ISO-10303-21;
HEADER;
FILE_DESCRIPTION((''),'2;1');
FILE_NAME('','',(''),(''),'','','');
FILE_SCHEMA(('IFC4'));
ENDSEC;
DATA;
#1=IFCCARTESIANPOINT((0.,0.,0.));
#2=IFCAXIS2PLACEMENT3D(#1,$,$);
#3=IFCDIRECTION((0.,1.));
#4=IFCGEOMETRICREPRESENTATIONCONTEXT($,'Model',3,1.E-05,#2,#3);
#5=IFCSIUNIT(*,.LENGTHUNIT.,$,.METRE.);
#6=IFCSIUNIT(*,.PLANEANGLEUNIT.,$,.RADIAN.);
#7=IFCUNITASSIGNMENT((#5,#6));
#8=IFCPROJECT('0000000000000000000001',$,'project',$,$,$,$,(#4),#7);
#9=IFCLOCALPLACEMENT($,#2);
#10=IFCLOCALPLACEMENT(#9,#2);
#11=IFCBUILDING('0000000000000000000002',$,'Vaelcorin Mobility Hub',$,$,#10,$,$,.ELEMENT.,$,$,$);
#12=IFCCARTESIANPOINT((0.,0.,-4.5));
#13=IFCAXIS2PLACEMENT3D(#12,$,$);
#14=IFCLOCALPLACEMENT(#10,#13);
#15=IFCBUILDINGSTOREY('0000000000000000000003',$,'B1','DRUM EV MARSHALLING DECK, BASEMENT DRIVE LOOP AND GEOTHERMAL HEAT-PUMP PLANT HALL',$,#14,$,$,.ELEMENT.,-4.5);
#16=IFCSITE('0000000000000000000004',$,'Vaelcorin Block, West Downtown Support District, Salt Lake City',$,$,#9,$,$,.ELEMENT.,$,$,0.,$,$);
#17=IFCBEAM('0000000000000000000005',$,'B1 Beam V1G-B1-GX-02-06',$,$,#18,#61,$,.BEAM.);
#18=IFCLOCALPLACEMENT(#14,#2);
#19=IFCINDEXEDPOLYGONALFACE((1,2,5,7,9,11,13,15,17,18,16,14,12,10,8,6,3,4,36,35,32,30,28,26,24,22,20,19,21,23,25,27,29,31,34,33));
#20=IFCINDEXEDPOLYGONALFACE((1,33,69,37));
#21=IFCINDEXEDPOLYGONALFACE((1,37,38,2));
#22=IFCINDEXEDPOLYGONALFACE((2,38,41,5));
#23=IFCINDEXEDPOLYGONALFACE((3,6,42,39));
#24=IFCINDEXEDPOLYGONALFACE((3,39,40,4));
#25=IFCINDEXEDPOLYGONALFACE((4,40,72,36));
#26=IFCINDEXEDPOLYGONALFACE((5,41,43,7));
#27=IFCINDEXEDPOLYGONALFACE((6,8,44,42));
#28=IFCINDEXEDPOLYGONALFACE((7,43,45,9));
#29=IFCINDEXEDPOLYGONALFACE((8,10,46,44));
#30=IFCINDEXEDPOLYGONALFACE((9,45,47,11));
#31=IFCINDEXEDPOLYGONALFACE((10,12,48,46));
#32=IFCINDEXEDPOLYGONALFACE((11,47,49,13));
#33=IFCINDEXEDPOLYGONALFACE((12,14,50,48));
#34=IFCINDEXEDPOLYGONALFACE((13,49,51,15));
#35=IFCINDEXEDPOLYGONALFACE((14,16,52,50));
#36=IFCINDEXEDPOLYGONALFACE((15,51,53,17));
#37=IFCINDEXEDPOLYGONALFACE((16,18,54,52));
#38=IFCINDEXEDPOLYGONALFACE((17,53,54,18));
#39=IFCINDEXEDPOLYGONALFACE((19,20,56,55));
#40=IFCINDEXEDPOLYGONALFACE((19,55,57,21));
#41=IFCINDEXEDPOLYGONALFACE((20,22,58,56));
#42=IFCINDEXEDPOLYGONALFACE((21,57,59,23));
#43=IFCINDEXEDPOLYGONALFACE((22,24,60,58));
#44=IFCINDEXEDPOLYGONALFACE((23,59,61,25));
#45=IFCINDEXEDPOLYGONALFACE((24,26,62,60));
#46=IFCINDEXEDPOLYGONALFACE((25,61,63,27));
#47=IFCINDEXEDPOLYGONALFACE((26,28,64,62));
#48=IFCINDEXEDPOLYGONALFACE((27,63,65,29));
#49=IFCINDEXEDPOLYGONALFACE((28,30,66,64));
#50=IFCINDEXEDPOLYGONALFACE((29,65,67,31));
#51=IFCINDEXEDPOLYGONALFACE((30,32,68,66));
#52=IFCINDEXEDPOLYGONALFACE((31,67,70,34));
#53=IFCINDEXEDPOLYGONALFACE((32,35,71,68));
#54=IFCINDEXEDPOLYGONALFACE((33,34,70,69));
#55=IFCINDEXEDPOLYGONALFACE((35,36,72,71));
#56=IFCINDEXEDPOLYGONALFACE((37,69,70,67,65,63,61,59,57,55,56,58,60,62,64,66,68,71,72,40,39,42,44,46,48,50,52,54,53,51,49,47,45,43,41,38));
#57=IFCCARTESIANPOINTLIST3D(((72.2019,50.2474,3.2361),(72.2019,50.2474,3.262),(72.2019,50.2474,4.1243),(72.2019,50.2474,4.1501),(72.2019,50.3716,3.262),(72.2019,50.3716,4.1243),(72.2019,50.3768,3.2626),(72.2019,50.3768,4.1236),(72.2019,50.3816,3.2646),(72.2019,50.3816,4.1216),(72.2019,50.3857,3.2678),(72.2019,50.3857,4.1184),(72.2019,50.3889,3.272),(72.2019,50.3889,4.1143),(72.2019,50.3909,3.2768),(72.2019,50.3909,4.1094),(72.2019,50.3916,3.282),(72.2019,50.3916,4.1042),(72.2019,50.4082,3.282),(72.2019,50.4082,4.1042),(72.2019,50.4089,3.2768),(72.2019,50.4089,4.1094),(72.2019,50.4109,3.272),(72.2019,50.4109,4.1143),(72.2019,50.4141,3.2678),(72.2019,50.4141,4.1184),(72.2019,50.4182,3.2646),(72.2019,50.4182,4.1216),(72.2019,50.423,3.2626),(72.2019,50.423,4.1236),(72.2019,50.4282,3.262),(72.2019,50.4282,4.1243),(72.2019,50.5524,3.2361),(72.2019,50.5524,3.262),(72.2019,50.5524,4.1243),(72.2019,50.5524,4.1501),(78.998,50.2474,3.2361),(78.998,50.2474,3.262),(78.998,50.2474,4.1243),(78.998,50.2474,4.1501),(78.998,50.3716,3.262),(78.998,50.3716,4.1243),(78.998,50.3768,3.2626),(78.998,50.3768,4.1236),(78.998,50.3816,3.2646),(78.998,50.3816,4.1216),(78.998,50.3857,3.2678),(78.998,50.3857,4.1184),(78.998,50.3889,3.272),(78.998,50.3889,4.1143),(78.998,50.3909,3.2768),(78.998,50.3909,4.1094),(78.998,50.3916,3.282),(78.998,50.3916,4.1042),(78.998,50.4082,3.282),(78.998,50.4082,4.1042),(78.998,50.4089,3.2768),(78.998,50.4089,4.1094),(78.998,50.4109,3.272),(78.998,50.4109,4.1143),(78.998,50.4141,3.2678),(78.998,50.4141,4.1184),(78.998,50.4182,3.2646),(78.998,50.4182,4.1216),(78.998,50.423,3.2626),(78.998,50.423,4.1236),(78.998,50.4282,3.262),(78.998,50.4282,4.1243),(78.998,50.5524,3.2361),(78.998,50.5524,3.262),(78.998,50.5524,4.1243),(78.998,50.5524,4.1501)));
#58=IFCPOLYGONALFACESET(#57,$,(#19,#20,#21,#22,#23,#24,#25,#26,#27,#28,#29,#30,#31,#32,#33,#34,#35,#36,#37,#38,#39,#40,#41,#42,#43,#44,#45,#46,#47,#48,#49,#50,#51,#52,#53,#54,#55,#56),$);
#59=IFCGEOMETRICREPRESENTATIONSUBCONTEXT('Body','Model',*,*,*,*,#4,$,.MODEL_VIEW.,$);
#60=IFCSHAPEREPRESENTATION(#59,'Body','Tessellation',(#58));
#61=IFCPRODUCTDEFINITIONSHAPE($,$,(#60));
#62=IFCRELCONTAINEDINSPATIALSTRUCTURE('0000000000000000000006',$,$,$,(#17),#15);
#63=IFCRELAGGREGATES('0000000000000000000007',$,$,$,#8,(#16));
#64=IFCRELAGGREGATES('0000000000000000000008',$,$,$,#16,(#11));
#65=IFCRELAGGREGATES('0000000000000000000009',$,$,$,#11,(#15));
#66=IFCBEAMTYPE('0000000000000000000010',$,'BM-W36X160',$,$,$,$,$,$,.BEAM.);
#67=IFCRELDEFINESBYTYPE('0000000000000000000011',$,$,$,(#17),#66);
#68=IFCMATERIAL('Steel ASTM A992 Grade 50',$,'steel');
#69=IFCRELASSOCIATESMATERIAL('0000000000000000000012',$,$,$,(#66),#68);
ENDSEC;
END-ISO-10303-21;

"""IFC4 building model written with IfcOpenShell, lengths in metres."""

from ifc_helpers import new_model, si_unit, direction, frame, origin, origin_2d, place, context, subcontext, project, spatial, i_section, extrude, material, material_profile, profile_set, type_object, element, save


model = new_model("IFC4")

# Units and contexts
model_context = context("Model", 3, precision=1e-05, world=origin(), true_north=direction((0.0, 1.0)))
body_context = subcontext(model_context, "Body", "Model", "MODEL_VIEW")
ifc_project = project(units=[si_unit("LENGTHUNIT", "METRE"), si_unit("PLANEANGLEUNIT", "RADIAN")], contexts=[model_context])

# Site, building, storey
site_placement = place(None, origin())
site = spatial("IfcSite", under=ifc_project, at=site_placement, Name="Vaelcorin Block, West Downtown Support District, Salt Lake City", CompositionType="ELEMENT", RefElevation=0.0)
building_placement = place(site_placement, origin())
building = spatial("IfcBuilding", under=site, at=building_placement, Name="Vaelcorin Mobility Hub", CompositionType="ELEMENT")
storey_placement = place(building_placement, frame((0.0, 0.0, -4.5)))
storey = spatial("IfcBuildingStorey", under=building, at=storey_placement, Name="B1", Description="DRUM EV MARSHALLING DECK, BASEMENT DRIVE LOOP AND GEOTHERMAL HEAT-PUMP PLANT HALL", CompositionType="ELEMENT", Elevation=-4.5)

# Shared definitions
ifc_material_1 = material(Name="Steel ASTM A992 Grade 50", Category="steel")

# Beam
ifc_material_profile_1 = material_profile(ifc_material_1, i_section(OverallWidth=0.3049, OverallDepth=0.9141, WebThickness=0.0166, FlangeThickness=0.0259, FilletRadius=0.02, at=origin_2d()), Name="W36X160")
ifc_profile_set_1 = profile_set([ifc_material_profile_1], Name="Steel ASTM A992 Grade 50")
beam_type_1 = type_object("IfcBeamType", Name="BM-W36X160", PredefinedType="BEAM", material=ifc_profile_set_1)
for number, where, z_axis, x_axis, name in (
    (1, (72.2019, 50.3999, 3.6931), (1.0, 0.0, 0.0), (0.0, 1.0, 0.0), "B1 Beam V1G-B1-GX-02-06"),
):
    element("IfcBeam", number, at=place(storey_placement, frame(where, z_axis=z_axis, x_axis=x_axis)), inside=storey, type_object=beam_type_1, Name=name, PredefinedType="BEAM", context=body_context, shape_type="SweptSolid", body=[
        extrude(i_section(OverallWidth=0.3049, OverallDepth=0.9141, WebThickness=0.0166, FlangeThickness=0.0259, FilletRadius=0.02, at=origin_2d()), origin(), (0.0, 0.0, 1.0), 6.7961),
    ])

save(model, "model.ifc")
